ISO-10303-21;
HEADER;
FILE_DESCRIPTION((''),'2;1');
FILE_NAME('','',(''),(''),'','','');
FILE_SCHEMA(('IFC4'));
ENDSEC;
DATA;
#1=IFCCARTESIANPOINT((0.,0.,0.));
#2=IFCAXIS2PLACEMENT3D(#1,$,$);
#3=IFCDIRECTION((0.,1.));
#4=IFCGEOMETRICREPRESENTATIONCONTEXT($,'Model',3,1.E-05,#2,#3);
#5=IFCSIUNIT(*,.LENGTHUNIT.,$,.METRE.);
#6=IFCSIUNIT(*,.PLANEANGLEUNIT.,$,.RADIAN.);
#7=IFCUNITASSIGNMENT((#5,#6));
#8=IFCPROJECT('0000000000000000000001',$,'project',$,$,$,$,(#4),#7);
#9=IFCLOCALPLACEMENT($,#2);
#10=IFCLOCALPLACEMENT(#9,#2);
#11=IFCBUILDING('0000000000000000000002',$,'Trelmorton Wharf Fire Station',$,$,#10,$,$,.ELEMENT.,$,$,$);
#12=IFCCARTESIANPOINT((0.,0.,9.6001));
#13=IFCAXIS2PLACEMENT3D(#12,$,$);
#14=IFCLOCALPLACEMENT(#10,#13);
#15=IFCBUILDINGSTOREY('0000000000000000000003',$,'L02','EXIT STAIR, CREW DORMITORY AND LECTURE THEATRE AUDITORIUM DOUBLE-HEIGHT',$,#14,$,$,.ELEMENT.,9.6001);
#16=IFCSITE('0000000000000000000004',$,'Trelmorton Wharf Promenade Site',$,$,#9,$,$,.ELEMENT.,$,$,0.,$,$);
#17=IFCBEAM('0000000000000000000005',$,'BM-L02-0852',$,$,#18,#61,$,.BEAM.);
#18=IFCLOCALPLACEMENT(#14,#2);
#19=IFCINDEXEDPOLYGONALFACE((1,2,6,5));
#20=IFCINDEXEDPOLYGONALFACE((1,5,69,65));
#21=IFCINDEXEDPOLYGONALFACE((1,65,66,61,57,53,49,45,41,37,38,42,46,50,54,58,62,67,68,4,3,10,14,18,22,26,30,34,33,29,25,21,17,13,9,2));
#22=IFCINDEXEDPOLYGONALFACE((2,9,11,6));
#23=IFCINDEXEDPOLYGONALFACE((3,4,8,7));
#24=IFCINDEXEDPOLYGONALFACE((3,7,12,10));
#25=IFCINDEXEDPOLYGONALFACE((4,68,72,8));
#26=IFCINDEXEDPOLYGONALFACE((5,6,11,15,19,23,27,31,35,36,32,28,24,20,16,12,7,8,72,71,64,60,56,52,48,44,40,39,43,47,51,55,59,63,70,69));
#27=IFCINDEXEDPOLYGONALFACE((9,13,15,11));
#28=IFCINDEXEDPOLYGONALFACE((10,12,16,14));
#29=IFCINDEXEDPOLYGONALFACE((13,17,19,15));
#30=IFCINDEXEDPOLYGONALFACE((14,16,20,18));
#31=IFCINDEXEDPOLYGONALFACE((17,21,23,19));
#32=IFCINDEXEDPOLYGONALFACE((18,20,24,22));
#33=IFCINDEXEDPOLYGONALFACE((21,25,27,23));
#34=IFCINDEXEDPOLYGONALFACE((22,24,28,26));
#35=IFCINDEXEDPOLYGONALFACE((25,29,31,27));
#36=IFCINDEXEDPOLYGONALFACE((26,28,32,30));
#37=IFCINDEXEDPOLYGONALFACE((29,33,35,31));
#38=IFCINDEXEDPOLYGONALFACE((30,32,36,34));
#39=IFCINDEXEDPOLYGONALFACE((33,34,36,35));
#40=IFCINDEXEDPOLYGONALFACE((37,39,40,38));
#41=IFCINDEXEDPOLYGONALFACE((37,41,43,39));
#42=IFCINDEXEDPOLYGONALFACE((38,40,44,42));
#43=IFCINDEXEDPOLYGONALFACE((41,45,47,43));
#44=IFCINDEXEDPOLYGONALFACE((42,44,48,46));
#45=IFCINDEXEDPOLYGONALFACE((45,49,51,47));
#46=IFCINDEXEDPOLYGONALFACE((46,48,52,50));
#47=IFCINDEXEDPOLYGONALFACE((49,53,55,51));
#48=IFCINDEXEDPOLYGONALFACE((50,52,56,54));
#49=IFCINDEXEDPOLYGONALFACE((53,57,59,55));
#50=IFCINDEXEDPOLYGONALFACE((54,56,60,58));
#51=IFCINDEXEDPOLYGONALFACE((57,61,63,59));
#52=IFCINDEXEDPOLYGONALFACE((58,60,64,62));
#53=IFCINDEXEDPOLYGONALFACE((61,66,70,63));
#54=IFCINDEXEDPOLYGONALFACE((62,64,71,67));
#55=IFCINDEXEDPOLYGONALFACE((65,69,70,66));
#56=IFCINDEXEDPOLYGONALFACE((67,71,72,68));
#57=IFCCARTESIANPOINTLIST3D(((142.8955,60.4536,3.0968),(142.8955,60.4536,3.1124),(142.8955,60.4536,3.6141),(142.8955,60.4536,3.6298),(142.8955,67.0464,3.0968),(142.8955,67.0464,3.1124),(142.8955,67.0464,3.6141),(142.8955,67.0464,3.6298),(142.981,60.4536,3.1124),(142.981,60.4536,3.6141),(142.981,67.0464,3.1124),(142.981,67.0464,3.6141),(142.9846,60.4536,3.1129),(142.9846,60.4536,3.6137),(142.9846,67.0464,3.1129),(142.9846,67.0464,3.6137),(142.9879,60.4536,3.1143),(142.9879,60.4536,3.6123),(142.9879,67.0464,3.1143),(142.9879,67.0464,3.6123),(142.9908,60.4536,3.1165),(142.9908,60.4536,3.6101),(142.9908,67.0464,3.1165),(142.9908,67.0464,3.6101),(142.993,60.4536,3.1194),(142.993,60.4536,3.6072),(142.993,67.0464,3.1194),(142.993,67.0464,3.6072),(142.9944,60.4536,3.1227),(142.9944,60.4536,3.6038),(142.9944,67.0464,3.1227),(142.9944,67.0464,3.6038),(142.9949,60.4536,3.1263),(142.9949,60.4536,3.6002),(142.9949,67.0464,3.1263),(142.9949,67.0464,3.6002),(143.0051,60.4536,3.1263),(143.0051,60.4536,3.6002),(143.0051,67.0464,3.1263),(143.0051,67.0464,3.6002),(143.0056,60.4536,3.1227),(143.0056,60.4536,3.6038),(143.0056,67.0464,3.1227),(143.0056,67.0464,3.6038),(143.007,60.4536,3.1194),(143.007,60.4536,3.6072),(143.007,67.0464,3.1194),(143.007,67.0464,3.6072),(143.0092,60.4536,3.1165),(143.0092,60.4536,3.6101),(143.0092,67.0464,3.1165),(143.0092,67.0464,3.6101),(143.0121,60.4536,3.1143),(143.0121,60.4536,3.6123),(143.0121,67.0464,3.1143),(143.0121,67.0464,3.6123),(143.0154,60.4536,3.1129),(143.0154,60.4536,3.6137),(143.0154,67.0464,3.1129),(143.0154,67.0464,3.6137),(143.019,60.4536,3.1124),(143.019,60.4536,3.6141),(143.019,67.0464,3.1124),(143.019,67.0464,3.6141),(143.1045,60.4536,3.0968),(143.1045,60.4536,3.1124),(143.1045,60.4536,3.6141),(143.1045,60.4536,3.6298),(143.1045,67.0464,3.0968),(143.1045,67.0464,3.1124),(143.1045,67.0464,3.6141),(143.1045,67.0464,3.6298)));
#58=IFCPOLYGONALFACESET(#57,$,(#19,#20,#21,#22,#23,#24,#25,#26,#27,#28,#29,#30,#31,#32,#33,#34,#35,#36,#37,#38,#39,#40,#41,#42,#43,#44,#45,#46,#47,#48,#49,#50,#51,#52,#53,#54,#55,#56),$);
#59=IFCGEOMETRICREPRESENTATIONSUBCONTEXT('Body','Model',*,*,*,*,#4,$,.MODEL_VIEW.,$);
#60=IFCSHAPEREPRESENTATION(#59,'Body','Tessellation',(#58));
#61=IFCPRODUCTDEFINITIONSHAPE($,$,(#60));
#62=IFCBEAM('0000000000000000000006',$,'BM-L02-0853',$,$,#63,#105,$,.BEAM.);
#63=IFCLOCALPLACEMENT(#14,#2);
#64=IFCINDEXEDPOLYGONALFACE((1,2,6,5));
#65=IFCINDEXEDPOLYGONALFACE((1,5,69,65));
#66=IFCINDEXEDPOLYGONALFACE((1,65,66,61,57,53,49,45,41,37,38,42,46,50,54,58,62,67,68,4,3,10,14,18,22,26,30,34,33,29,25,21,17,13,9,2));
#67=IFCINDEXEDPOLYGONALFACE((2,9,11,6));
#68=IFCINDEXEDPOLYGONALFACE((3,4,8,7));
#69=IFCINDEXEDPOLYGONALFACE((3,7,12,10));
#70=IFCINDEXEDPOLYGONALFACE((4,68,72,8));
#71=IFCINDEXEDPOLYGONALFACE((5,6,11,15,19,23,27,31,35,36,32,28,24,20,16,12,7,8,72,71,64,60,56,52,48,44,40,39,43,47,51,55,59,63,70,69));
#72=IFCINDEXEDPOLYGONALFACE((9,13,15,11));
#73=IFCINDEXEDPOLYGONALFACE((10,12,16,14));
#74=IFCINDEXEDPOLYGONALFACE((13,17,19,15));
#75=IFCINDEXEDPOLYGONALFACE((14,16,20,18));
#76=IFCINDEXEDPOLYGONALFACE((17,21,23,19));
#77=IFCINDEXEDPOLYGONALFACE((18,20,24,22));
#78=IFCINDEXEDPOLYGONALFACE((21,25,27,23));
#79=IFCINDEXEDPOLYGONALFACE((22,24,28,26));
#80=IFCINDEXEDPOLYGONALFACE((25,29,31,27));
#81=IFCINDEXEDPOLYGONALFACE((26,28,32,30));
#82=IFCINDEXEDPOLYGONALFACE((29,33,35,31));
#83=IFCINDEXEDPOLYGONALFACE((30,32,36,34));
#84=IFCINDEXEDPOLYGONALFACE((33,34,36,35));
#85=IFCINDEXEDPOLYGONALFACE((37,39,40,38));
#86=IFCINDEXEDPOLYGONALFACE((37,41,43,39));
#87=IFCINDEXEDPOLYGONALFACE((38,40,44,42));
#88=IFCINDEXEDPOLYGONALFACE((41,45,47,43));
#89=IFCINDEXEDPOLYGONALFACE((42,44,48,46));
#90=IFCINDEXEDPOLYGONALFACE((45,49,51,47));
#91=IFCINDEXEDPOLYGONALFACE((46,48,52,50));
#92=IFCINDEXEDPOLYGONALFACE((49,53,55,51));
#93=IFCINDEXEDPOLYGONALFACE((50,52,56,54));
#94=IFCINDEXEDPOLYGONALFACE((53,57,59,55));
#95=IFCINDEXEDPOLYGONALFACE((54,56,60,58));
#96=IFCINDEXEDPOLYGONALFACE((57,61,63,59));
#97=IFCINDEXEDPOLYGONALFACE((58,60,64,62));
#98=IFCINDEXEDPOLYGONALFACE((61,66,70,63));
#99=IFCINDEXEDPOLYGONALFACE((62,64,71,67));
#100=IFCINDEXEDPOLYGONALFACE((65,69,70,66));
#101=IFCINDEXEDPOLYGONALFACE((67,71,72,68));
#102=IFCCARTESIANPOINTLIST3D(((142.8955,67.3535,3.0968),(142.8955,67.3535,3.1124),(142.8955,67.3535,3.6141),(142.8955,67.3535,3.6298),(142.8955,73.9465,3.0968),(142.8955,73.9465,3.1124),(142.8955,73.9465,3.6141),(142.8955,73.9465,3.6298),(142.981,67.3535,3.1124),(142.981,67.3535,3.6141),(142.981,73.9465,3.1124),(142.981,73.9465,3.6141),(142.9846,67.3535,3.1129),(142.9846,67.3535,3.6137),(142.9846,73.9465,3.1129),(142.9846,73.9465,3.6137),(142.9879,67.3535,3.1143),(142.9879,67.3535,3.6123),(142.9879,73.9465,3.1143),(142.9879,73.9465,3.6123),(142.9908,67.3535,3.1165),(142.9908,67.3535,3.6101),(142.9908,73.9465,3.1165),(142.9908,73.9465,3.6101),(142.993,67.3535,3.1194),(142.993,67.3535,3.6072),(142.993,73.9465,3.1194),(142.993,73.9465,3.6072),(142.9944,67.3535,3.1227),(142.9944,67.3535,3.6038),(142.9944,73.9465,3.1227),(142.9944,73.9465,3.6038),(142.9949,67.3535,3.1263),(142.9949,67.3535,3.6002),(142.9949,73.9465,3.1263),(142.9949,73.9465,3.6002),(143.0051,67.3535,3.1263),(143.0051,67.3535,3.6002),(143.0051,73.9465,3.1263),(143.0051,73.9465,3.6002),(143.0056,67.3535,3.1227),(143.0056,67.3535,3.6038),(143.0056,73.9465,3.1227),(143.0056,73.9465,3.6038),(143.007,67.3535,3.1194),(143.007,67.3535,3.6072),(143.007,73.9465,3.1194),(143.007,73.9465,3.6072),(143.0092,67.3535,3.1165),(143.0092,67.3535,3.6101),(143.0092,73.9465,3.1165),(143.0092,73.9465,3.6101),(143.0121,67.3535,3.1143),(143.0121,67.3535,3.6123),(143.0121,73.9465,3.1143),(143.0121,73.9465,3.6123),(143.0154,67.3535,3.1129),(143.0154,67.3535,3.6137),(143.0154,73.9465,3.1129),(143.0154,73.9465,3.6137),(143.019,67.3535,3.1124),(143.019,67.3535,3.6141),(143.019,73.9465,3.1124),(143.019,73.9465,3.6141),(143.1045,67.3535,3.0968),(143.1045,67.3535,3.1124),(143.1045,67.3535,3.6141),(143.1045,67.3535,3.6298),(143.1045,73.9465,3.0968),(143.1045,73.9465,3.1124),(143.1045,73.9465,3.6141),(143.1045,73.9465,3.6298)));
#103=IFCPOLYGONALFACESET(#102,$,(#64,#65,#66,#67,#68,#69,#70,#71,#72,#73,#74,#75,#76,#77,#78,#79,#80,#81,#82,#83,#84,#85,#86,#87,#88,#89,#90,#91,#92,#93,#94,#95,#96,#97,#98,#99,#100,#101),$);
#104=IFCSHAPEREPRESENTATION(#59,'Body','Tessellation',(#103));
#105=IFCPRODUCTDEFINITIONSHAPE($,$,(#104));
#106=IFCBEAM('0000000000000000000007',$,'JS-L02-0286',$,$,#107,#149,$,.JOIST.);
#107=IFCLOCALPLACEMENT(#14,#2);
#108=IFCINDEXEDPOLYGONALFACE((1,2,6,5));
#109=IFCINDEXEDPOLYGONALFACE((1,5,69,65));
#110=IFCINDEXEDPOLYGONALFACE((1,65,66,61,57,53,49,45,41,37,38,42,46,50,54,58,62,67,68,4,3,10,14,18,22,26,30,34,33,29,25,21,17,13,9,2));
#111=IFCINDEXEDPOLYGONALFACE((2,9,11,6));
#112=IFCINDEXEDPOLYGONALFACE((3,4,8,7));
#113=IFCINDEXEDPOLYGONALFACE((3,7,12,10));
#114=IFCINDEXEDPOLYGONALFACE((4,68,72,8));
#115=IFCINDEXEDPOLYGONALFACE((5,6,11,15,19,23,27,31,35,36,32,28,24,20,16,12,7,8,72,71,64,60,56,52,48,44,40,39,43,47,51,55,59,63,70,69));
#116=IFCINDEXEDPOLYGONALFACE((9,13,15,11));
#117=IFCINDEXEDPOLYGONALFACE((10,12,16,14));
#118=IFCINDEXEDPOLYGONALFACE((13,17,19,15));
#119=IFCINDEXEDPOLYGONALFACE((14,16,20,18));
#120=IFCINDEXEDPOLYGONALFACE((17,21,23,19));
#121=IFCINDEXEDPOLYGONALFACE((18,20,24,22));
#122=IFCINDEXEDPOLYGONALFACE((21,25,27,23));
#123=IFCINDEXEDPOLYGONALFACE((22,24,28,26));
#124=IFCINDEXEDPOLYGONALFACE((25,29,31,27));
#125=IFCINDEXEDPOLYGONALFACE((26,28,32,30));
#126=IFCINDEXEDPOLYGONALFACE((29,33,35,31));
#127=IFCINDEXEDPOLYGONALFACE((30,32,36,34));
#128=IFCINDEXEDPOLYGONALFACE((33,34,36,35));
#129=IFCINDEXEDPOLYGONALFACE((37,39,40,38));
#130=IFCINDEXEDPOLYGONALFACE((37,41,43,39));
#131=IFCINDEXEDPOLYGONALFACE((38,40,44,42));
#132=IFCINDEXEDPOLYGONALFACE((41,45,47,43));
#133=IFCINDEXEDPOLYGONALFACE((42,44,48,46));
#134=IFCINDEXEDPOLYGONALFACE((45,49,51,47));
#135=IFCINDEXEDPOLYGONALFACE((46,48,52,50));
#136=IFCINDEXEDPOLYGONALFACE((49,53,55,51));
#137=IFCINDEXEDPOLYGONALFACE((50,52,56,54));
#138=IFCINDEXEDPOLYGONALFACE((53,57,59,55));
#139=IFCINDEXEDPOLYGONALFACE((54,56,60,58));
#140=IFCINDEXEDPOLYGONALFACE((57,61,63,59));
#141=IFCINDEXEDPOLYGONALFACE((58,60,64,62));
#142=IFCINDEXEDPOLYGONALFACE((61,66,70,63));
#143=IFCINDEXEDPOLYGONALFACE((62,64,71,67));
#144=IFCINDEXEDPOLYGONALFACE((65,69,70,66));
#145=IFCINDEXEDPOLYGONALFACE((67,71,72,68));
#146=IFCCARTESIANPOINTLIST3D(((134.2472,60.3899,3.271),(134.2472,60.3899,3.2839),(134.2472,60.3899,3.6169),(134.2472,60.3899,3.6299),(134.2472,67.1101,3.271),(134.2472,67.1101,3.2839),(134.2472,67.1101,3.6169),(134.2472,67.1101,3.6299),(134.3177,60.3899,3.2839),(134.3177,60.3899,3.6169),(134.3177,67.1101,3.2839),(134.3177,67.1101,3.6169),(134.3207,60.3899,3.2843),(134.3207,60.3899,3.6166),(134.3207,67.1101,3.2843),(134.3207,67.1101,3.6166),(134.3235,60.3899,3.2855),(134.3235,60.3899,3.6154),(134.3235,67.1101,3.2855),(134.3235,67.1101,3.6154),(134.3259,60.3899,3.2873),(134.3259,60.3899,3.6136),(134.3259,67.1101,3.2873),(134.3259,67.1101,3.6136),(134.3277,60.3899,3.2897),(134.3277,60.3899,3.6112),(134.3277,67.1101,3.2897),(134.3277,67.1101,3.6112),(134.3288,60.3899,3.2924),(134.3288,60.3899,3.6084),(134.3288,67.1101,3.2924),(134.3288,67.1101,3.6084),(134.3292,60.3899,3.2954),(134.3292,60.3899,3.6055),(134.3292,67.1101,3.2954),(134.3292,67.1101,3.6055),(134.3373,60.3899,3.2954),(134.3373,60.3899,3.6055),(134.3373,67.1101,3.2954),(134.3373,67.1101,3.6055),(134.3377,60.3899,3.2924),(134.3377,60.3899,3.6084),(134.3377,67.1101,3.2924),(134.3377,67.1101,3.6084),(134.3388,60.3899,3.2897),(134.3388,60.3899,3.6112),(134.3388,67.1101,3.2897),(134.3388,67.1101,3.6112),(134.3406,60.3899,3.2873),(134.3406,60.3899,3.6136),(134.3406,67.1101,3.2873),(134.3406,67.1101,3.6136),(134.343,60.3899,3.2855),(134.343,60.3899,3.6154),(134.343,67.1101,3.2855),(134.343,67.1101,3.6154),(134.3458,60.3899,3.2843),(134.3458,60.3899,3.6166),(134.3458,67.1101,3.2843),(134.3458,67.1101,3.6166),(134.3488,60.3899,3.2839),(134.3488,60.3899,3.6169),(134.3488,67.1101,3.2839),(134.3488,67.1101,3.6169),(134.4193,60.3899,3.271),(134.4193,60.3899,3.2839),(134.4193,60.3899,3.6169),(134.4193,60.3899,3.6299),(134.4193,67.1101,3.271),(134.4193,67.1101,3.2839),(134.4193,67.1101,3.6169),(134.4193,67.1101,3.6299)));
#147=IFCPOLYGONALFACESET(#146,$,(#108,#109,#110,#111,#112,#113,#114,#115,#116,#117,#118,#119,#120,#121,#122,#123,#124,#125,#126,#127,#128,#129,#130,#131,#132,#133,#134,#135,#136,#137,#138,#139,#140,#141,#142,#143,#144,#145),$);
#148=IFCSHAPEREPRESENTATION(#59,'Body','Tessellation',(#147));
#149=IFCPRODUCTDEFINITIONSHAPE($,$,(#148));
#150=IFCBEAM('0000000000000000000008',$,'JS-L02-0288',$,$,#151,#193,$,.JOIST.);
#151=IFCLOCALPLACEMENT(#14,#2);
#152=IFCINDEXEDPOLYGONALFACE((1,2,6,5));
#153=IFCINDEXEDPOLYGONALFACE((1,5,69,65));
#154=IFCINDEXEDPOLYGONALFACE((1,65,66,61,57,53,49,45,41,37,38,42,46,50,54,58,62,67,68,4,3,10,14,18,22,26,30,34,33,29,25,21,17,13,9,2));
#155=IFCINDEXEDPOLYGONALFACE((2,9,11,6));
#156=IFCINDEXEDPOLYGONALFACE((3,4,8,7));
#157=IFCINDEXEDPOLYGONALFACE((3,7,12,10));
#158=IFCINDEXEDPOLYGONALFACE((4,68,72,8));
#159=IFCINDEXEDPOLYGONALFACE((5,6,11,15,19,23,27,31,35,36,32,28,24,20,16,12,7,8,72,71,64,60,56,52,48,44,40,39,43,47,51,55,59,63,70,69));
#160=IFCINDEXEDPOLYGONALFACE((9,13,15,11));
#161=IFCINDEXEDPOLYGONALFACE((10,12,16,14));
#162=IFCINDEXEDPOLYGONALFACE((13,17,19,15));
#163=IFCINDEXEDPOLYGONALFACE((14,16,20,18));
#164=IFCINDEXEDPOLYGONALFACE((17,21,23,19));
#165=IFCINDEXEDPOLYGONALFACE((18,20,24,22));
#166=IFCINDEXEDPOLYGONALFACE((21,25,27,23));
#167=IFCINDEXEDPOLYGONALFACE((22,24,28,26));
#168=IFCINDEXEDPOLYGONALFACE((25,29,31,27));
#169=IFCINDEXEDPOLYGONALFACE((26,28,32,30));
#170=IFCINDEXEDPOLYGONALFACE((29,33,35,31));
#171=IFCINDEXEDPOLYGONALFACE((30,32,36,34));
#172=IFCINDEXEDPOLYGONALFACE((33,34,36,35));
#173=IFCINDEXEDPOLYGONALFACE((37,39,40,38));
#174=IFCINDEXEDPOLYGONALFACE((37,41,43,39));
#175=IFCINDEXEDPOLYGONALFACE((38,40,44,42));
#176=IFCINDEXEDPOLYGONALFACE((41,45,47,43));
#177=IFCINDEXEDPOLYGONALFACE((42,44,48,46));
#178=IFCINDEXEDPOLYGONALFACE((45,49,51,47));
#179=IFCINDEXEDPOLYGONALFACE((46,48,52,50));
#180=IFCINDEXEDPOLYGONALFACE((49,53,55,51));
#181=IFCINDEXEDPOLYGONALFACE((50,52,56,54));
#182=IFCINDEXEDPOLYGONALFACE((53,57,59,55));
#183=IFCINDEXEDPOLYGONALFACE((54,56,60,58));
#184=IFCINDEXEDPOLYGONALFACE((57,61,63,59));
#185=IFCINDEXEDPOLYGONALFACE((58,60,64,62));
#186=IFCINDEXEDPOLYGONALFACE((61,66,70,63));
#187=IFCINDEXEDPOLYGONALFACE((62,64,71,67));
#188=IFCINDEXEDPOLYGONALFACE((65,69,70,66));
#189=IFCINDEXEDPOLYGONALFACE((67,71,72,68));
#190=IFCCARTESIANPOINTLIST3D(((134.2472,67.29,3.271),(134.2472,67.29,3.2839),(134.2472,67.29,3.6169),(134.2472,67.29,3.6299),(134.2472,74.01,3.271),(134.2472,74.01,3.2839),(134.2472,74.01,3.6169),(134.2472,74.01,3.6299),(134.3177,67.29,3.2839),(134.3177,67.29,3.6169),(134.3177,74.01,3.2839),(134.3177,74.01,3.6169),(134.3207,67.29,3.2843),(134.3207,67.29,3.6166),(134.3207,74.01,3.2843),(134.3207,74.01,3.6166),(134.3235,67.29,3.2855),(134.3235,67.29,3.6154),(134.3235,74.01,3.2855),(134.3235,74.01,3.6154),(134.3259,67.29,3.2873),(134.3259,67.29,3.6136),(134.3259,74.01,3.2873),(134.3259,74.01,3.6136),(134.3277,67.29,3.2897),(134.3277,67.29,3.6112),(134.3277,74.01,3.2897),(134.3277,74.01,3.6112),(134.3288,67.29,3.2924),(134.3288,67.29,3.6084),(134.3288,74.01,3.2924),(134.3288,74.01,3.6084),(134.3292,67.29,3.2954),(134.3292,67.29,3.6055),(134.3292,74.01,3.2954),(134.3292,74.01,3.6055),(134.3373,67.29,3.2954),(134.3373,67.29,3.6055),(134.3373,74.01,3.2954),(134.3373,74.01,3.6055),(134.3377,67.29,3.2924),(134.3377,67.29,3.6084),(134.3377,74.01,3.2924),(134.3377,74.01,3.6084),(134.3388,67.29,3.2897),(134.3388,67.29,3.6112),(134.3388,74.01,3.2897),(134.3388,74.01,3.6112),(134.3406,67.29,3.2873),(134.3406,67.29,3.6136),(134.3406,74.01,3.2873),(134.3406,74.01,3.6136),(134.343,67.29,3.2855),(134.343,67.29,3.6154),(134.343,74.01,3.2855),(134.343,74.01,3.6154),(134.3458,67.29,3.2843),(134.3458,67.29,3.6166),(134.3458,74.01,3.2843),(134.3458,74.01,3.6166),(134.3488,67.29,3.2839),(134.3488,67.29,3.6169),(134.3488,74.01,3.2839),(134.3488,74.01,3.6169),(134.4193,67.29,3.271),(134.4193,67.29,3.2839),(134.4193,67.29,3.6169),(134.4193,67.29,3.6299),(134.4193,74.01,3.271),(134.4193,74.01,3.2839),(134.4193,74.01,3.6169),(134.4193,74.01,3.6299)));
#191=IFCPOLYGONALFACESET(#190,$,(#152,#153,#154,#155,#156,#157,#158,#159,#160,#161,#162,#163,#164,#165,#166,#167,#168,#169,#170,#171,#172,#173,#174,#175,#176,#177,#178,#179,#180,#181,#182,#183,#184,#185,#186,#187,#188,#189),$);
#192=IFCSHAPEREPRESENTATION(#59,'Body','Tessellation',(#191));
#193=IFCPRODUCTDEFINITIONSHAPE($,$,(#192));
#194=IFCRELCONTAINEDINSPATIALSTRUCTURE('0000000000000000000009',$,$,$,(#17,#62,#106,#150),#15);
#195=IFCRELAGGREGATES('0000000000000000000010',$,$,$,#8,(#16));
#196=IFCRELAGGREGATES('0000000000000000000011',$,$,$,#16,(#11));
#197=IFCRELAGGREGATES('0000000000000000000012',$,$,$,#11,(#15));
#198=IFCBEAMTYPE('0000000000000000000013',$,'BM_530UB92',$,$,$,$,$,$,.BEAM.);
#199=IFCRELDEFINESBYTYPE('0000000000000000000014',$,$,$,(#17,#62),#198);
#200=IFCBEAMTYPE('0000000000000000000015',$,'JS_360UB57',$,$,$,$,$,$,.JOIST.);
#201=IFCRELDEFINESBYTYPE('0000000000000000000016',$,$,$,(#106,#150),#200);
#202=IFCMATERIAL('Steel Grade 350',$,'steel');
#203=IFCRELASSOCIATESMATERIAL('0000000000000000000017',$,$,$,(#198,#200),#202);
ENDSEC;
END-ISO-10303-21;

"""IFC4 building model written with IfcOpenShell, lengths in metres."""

from ifc_helpers import new_model, si_unit, direction, frame, origin, origin_2d, place, context, subcontext, project, spatial, i_section, extrude, material, material_profile, profile_set, type_object, element, save


model = new_model("IFC4")

# Units and contexts
model_context = context("Model", 3, precision=1e-05, world=origin(), true_north=direction((0.0, 1.0)))
body_context = subcontext(model_context, "Body", "Model", "MODEL_VIEW")
ifc_project = project(units=[si_unit("LENGTHUNIT", "METRE"), si_unit("PLANEANGLEUNIT", "RADIAN")], contexts=[model_context])

# Site, building, storey
site_placement = place(None, origin())
site = spatial("IfcSite", under=ifc_project, at=site_placement, Name="Trelmorton Wharf Promenade Site", CompositionType="ELEMENT", RefElevation=0.0)
building_placement = place(site_placement, origin())
building = spatial("IfcBuilding", under=site, at=building_placement, Name="Trelmorton Wharf Fire Station", CompositionType="ELEMENT")
storey_placement = place(building_placement, frame((0.0, 0.0, 9.6001)))
storey = spatial("IfcBuildingStorey", under=building, at=storey_placement, Name="L02", Description="EXIT STAIR, CREW DORMITORY AND LECTURE THEATRE AUDITORIUM DOUBLE-HEIGHT", CompositionType="ELEMENT", Elevation=9.6001)

# Shared definitions
ifc_material_1 = material(Name="Steel Grade 350", Category="steel")

# Beams
ifc_material_profile_1 = material_profile(ifc_material_1, i_section(OverallWidth=0.209, OverallDepth=0.533, WebThickness=0.0103, FlangeThickness=0.0156, FilletRadius=0.0139, at=origin_2d()), Name="530UB92.4")
ifc_profile_set_1 = profile_set([ifc_material_profile_1], Name="Steel Grade 350")
beam_type_1 = type_object("IfcBeamType", Name="BM_530UB92", PredefinedType="BEAM", material=ifc_profile_set_1)
beam_1_placement = place(storey_placement, frame((143.0, 60.4536, 3.3633), z_axis=(0.0, 1.0, 0.0), x_axis=(-1.0, 0.0, 0.0)))
element("IfcBeam", 1, at=beam_1_placement, inside=storey, type_object=beam_type_1, Name="BM-L02-0852", PredefinedType="BEAM", context=body_context, shape_type="SweptSolid", body=[
    extrude(i_section(OverallWidth=0.209, OverallDepth=0.533, WebThickness=0.0103, FlangeThickness=0.0156, FilletRadius=0.0139, at=origin_2d()), origin(), (0.0, 0.0, 1.0), 6.5928),
])
beam_2_placement = place(storey_placement, frame((143.0, 67.3535, 3.3633), z_axis=(0.0, 1.0, 0.0), x_axis=(-1.0, 0.0, 0.0)))
element("IfcBeam", 2, at=beam_2_placement, inside=storey, type_object=beam_type_1, Name="BM-L02-0853", PredefinedType="BEAM", context=body_context, shape_type="SweptSolid", body=[
    extrude(i_section(OverallWidth=0.209, OverallDepth=0.533, WebThickness=0.0103, FlangeThickness=0.0156, FilletRadius=0.0139, at=origin_2d()), origin(), (0.0, 0.0, 1.0), 6.593),
])
ifc_material_profile_2 = material_profile(ifc_material_1, i_section(OverallWidth=0.1721, OverallDepth=0.3589, WebThickness=0.0081, FlangeThickness=0.0129, FilletRadius=0.0115, at=origin_2d()), Name="360UB56.7")
ifc_profile_set_2 = profile_set([ifc_material_profile_2], Name="Steel Grade 350")
beam_type_2 = type_object("IfcBeamType", Name="JS_360UB57", PredefinedType="JOIST", material=ifc_profile_set_2)
beam_3_placement = place(storey_placement, frame((134.3333, 60.3899, 3.4504), z_axis=(0.0, 1.0, 0.0), x_axis=(-1.0, 0.0, 0.0)))
element("IfcBeam", 3, at=beam_3_placement, inside=storey, type_object=beam_type_2, Name="JS-L02-0286", PredefinedType="JOIST", context=body_context, shape_type="SweptSolid", body=[
    extrude(i_section(OverallWidth=0.1721, OverallDepth=0.3589, WebThickness=0.0081, FlangeThickness=0.0129, FilletRadius=0.0115, at=origin_2d()), origin(), (0.0, 0.0, 1.0), 6.7202),
])
for number, where, z_axis, x_axis, name in (
    (4, (134.3333, 67.29, 3.4504), (0.0, 1.0, 0.0), (-1.0, 0.0, 0.0), "JS-L02-0288"),
):
    element("IfcBeam", number, at=place(storey_placement, frame(where, z_axis=z_axis, x_axis=x_axis)), inside=storey, type_object=beam_type_2, Name=name, PredefinedType="JOIST", context=body_context, shape_type="SweptSolid", body=[
        extrude(i_section(OverallWidth=0.1721, OverallDepth=0.3589, WebThickness=0.0081, FlangeThickness=0.0129, FilletRadius=0.0115, at=origin_2d()), origin(), (0.0, 0.0, 1.0), 6.72),
    ])

save(model, "model.ifc")
